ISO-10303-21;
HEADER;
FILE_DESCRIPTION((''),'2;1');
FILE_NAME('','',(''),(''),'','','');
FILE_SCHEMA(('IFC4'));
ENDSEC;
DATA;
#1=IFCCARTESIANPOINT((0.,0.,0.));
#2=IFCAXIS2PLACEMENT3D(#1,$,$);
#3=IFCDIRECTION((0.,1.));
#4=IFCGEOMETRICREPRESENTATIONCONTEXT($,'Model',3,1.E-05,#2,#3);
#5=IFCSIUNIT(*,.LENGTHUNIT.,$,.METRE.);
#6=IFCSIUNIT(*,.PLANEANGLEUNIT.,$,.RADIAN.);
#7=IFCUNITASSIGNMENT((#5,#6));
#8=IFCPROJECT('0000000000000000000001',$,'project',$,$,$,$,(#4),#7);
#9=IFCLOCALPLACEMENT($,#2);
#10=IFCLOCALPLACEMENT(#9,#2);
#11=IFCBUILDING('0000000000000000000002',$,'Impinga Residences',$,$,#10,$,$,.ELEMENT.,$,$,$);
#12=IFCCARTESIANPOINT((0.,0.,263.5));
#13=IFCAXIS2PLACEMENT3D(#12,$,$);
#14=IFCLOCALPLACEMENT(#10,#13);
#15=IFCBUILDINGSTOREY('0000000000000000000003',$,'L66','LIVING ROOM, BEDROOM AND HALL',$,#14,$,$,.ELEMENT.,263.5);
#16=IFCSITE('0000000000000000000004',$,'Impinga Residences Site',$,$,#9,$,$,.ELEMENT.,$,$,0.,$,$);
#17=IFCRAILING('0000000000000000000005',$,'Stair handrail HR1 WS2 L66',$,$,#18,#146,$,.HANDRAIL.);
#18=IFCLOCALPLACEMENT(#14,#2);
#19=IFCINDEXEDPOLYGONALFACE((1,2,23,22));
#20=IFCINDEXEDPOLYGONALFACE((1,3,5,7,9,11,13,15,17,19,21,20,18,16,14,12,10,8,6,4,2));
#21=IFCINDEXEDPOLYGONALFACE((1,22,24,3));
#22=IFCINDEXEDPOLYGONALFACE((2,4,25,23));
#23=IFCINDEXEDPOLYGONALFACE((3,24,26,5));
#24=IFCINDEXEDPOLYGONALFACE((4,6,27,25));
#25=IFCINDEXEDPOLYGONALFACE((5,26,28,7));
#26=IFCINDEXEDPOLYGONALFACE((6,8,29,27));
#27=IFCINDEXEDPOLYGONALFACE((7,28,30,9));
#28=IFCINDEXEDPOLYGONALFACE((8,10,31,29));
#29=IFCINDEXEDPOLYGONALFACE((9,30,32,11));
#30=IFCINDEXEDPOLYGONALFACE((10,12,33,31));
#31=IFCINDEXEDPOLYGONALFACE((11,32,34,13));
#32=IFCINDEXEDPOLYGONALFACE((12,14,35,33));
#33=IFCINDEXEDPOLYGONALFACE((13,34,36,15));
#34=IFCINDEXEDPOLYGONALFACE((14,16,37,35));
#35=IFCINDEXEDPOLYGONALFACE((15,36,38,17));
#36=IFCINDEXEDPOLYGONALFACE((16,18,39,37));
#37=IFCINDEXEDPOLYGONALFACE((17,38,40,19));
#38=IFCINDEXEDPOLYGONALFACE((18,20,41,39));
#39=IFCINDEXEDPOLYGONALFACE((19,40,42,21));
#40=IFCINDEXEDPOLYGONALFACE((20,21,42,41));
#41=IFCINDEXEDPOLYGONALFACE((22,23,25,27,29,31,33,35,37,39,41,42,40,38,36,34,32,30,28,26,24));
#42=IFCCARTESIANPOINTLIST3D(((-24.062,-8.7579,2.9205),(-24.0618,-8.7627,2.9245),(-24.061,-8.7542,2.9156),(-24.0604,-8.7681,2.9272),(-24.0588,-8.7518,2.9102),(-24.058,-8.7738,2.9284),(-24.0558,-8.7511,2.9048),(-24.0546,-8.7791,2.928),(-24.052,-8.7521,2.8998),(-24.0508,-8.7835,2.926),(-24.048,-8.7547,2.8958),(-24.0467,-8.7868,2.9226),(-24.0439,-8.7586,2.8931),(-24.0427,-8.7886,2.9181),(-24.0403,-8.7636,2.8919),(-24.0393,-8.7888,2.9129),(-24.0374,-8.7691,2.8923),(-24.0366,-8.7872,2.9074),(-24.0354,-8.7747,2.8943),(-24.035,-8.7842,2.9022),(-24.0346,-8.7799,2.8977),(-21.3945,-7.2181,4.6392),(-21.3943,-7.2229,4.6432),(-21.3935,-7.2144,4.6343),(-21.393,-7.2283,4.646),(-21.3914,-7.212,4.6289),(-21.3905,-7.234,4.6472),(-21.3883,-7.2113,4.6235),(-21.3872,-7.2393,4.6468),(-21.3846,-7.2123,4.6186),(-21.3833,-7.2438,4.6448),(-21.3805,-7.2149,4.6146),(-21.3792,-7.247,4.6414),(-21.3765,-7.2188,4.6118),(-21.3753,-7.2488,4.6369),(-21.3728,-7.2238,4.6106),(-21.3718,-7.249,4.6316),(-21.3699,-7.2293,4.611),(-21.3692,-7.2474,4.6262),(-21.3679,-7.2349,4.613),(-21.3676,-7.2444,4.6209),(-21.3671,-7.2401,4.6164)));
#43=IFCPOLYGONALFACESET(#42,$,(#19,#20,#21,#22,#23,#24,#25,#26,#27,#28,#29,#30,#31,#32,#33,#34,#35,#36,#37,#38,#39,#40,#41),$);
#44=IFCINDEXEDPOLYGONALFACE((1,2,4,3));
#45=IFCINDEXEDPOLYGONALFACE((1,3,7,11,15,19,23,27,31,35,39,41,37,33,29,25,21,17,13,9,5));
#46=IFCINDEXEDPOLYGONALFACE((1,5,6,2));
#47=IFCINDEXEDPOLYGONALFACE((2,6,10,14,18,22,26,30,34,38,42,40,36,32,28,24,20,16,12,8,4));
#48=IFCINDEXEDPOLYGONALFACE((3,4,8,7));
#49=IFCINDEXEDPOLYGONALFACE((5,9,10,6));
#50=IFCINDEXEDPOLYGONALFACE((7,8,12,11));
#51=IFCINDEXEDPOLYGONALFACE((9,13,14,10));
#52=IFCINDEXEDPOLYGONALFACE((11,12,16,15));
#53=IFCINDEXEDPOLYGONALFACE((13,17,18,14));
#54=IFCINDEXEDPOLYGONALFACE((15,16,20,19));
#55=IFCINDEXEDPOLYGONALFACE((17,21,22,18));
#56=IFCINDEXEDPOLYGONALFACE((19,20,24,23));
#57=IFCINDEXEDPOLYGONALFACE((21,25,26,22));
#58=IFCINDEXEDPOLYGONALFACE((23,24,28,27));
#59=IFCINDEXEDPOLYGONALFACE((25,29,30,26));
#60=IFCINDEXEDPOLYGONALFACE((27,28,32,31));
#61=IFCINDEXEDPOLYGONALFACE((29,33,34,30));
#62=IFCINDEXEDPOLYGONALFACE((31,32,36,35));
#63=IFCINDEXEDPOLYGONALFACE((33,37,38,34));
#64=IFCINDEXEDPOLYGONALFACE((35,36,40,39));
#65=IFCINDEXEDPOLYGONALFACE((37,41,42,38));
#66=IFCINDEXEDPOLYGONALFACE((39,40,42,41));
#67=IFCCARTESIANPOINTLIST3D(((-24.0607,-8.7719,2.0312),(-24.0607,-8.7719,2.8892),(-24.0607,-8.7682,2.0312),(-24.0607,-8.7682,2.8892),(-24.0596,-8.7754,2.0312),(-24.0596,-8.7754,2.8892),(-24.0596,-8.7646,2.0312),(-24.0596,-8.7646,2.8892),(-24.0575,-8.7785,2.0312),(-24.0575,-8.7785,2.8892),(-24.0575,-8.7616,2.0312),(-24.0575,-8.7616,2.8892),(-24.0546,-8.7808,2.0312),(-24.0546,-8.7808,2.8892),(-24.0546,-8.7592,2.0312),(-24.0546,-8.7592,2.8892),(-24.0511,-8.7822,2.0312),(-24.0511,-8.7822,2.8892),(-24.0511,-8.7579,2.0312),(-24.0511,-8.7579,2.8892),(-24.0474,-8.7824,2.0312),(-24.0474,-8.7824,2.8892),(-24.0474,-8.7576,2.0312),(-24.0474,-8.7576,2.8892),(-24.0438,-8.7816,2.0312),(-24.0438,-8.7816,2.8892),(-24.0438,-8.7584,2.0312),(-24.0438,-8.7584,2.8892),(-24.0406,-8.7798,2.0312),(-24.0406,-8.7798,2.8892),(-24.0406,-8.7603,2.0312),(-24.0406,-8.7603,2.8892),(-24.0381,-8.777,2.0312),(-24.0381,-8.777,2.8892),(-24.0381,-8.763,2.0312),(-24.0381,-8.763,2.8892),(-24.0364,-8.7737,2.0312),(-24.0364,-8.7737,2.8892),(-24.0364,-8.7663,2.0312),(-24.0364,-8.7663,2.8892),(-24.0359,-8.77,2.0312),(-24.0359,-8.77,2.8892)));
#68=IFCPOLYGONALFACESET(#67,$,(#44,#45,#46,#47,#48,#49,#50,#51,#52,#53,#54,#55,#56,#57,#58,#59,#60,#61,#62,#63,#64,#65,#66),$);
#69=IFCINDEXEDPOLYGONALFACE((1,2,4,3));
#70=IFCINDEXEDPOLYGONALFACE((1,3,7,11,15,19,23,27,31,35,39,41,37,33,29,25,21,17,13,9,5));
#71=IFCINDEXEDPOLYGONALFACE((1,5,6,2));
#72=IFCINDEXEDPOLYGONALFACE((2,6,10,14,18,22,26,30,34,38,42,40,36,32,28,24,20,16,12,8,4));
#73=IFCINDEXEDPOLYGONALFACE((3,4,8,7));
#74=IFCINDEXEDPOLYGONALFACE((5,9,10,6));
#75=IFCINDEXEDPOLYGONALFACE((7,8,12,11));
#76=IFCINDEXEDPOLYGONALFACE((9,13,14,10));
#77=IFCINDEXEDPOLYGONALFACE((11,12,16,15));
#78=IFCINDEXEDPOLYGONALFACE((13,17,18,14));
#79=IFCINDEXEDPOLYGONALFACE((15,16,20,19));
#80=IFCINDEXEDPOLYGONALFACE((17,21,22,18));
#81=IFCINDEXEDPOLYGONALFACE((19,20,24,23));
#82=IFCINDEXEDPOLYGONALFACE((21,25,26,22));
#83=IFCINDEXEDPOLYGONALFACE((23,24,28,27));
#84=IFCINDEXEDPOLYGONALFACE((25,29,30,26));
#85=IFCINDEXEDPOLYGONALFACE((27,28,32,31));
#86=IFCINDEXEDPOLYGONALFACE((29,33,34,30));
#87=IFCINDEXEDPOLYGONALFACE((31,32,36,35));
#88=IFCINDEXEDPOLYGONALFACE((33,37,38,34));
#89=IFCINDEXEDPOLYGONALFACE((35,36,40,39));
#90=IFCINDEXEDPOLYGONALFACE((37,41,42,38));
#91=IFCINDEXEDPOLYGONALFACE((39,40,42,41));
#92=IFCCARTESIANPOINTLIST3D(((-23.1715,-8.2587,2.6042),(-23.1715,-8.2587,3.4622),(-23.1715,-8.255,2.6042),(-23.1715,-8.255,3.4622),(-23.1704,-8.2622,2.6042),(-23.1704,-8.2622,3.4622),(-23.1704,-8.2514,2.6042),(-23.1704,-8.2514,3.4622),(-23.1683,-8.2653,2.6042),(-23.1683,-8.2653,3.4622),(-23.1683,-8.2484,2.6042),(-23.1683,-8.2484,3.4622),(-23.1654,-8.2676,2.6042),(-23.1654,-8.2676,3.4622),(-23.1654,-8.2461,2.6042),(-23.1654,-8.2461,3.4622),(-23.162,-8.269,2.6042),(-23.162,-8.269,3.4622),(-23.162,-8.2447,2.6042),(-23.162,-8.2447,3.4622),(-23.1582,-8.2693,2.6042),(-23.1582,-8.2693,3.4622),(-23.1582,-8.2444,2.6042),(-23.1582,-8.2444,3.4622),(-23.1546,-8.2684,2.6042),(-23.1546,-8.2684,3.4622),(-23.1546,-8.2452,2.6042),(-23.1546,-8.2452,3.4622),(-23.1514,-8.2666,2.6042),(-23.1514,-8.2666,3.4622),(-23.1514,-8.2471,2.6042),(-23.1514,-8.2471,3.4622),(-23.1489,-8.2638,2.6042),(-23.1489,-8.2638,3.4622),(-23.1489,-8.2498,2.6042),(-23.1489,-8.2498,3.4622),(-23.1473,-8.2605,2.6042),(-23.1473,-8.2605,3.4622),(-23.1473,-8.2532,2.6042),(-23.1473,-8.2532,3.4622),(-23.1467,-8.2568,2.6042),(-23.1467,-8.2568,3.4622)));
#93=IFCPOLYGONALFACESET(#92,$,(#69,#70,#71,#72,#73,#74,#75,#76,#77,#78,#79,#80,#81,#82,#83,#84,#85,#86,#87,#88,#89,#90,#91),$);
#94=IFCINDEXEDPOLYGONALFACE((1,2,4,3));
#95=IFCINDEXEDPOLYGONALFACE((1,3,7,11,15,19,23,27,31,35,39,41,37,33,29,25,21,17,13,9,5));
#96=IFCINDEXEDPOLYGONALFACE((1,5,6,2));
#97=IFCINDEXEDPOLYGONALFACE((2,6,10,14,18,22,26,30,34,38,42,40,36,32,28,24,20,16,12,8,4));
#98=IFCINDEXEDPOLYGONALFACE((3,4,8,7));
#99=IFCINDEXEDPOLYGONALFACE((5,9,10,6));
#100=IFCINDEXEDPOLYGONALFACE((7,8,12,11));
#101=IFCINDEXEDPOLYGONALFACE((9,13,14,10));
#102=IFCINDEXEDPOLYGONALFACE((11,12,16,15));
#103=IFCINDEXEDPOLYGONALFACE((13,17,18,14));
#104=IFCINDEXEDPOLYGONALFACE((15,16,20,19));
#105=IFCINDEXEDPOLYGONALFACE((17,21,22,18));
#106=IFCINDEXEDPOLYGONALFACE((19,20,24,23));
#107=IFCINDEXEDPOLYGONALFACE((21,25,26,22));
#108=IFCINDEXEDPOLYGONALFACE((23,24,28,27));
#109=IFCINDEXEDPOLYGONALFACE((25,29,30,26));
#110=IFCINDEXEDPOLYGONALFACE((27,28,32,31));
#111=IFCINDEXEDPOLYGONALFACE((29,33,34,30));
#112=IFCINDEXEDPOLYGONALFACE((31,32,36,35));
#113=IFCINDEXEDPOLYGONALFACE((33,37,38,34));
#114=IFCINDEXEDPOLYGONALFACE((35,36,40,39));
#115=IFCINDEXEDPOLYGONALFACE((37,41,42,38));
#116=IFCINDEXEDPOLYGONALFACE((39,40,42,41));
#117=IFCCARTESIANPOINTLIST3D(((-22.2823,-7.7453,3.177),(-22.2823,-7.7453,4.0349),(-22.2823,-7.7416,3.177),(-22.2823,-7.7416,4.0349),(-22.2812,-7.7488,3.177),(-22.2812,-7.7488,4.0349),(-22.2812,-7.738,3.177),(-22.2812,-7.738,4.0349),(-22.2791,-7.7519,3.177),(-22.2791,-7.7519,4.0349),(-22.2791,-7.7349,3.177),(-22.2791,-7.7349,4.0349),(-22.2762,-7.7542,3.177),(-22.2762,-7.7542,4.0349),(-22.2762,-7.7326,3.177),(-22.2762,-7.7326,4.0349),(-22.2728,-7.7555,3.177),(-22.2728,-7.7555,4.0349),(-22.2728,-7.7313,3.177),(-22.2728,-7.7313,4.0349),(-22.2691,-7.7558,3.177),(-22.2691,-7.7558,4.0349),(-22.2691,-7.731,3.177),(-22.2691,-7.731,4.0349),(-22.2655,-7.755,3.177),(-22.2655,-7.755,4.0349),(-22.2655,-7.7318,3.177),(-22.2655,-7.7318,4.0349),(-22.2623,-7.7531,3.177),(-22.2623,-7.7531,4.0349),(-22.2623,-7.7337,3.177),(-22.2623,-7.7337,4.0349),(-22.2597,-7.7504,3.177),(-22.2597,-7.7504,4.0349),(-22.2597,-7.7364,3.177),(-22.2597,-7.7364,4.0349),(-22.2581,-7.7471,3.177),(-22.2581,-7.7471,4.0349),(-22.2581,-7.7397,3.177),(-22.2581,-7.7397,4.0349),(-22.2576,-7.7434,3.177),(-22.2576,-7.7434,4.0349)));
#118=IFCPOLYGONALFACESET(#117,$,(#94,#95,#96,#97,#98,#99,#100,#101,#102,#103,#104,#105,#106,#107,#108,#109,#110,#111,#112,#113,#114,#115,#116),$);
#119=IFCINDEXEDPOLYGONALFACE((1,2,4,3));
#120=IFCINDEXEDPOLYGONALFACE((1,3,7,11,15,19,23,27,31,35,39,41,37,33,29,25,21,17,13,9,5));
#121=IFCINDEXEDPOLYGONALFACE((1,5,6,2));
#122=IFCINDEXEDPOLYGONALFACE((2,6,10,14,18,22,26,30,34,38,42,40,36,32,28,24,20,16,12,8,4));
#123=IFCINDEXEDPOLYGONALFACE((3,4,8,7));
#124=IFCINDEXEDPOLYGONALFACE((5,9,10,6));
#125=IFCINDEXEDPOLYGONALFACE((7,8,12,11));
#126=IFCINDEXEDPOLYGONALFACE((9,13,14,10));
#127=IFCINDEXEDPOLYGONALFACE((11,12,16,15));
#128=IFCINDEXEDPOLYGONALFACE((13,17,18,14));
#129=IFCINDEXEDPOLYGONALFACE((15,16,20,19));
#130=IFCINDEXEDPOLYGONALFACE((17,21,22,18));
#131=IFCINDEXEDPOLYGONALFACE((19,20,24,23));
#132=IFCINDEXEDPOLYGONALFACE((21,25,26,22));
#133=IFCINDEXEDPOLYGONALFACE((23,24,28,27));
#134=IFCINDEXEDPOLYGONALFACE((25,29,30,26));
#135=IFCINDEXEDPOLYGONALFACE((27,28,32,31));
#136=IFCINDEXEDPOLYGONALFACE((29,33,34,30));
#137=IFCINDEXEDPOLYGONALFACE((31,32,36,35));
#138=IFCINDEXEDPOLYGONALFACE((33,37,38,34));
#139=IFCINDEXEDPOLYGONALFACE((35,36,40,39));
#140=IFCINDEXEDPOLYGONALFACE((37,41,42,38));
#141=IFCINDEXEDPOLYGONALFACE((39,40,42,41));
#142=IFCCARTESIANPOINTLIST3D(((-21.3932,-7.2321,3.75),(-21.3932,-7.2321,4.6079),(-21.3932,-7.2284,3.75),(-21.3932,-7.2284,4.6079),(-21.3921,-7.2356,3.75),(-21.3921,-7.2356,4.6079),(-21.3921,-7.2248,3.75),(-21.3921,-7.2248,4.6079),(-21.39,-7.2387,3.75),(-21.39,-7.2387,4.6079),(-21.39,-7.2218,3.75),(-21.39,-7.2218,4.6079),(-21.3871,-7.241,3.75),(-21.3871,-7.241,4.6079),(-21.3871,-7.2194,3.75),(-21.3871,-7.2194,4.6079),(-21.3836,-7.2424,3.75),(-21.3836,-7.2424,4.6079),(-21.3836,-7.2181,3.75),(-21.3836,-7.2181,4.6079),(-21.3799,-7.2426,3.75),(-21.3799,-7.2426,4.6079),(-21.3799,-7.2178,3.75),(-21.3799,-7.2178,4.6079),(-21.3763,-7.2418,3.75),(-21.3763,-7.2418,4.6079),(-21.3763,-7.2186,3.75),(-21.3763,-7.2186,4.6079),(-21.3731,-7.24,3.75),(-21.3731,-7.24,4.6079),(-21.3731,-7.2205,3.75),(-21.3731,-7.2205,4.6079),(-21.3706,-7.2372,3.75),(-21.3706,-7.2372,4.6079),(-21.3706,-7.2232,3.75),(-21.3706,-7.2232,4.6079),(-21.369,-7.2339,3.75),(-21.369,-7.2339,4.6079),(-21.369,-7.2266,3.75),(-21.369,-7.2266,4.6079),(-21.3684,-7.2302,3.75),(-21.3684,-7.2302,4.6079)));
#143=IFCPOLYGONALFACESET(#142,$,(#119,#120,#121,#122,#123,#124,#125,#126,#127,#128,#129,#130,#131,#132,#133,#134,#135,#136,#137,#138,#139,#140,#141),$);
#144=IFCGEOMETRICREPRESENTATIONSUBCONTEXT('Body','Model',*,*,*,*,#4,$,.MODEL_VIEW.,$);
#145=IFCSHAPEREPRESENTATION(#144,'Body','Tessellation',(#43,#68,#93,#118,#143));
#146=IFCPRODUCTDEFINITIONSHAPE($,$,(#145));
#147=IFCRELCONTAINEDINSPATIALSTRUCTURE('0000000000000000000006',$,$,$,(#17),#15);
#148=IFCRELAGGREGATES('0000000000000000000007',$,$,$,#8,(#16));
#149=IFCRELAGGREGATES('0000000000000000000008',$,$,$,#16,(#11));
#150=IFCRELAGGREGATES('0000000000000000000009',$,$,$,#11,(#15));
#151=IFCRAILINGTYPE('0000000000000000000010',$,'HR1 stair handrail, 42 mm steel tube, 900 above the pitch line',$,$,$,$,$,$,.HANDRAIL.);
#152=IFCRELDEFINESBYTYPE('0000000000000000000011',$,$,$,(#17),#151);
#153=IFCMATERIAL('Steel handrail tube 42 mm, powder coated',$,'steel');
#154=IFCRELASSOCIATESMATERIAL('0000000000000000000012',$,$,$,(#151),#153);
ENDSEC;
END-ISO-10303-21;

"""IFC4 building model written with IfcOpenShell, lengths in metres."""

from ifc_helpers import new_model, si_unit, direction, frame, origin, origin_2d, place, context, subcontext, project, spatial, circle, extrude, material, type_object, element, save


model = new_model("IFC4")

# Units and contexts
model_context = context("Model", 3, precision=1e-05, world=origin(), true_north=direction((0.0, 1.0)))
body_context = subcontext(model_context, "Body", "Model", "MODEL_VIEW")
ifc_project = project(units=[si_unit("LENGTHUNIT", "METRE"), si_unit("PLANEANGLEUNIT", "RADIAN")], contexts=[model_context])

# Site, building, storey
site_placement = place(None, origin())
site = spatial("IfcSite", under=ifc_project, at=site_placement, Name="Impinga Residences Site", CompositionType="ELEMENT", RefElevation=0.0)
building_placement = place(site_placement, origin())
building = spatial("IfcBuilding", under=site, at=building_placement, Name="Impinga Residences", CompositionType="ELEMENT")
storey_placement = place(building_placement, frame((0.0, 0.0, 263.5)))
storey = spatial("IfcBuildingStorey", under=building, at=storey_placement, Name="L66", Description="LIVING ROOM, BEDROOM AND HALL", CompositionType="ELEMENT", Elevation=263.5)

# Railing
ifc_material_1 = material(Name="Steel handrail tube 42 mm, powder coated", Category="steel")
railing_type = type_object("IfcRailingType", Name="HR1 stair handrail, 42 mm steel tube, 900 above the pitch line", PredefinedType="HANDRAIL", material=ifc_material_1)
railing_placement = place(storey_placement, frame((-24.0483, -8.77, 2.0312)))
element("IfcRailing", 1, at=railing_placement, inside=storey, type_object=railing_type, Name="Stair handrail HR1 WS2 L66", PredefinedType="HANDRAIL", context=body_context, shape_type="SweptSolid", body=[
    extrude(circle(Radius=0.021, at=origin_2d()), frame((0.0, 0.0, 0.8789), z_axis=(0.756279, 0.43656, 0.487297), x_axis=(-0.499933, 0.866064, 0.0)), (0.0, 0.0, 1.0), 3.5271),
    extrude(circle(Radius=0.0125, at=origin_2d()), origin(), (0.0, 0.0, 1.0), 0.8579),
    extrude(circle(Radius=0.0125, at=origin_2d()), frame((0.8892, 0.5132, 0.573)), (0.0, 0.0, 1.0), 0.8579),
    extrude(circle(Radius=0.0125, at=origin_2d()), frame((1.7783, 1.0266, 1.1458)), (0.0, 0.0, 1.0), 0.8579),
    extrude(circle(Radius=0.0125, at=origin_2d()), frame((2.6675, 1.5398, 1.7188)), (0.0, 0.0, 1.0), 0.8579),
])

save(model, "model.ifc")
